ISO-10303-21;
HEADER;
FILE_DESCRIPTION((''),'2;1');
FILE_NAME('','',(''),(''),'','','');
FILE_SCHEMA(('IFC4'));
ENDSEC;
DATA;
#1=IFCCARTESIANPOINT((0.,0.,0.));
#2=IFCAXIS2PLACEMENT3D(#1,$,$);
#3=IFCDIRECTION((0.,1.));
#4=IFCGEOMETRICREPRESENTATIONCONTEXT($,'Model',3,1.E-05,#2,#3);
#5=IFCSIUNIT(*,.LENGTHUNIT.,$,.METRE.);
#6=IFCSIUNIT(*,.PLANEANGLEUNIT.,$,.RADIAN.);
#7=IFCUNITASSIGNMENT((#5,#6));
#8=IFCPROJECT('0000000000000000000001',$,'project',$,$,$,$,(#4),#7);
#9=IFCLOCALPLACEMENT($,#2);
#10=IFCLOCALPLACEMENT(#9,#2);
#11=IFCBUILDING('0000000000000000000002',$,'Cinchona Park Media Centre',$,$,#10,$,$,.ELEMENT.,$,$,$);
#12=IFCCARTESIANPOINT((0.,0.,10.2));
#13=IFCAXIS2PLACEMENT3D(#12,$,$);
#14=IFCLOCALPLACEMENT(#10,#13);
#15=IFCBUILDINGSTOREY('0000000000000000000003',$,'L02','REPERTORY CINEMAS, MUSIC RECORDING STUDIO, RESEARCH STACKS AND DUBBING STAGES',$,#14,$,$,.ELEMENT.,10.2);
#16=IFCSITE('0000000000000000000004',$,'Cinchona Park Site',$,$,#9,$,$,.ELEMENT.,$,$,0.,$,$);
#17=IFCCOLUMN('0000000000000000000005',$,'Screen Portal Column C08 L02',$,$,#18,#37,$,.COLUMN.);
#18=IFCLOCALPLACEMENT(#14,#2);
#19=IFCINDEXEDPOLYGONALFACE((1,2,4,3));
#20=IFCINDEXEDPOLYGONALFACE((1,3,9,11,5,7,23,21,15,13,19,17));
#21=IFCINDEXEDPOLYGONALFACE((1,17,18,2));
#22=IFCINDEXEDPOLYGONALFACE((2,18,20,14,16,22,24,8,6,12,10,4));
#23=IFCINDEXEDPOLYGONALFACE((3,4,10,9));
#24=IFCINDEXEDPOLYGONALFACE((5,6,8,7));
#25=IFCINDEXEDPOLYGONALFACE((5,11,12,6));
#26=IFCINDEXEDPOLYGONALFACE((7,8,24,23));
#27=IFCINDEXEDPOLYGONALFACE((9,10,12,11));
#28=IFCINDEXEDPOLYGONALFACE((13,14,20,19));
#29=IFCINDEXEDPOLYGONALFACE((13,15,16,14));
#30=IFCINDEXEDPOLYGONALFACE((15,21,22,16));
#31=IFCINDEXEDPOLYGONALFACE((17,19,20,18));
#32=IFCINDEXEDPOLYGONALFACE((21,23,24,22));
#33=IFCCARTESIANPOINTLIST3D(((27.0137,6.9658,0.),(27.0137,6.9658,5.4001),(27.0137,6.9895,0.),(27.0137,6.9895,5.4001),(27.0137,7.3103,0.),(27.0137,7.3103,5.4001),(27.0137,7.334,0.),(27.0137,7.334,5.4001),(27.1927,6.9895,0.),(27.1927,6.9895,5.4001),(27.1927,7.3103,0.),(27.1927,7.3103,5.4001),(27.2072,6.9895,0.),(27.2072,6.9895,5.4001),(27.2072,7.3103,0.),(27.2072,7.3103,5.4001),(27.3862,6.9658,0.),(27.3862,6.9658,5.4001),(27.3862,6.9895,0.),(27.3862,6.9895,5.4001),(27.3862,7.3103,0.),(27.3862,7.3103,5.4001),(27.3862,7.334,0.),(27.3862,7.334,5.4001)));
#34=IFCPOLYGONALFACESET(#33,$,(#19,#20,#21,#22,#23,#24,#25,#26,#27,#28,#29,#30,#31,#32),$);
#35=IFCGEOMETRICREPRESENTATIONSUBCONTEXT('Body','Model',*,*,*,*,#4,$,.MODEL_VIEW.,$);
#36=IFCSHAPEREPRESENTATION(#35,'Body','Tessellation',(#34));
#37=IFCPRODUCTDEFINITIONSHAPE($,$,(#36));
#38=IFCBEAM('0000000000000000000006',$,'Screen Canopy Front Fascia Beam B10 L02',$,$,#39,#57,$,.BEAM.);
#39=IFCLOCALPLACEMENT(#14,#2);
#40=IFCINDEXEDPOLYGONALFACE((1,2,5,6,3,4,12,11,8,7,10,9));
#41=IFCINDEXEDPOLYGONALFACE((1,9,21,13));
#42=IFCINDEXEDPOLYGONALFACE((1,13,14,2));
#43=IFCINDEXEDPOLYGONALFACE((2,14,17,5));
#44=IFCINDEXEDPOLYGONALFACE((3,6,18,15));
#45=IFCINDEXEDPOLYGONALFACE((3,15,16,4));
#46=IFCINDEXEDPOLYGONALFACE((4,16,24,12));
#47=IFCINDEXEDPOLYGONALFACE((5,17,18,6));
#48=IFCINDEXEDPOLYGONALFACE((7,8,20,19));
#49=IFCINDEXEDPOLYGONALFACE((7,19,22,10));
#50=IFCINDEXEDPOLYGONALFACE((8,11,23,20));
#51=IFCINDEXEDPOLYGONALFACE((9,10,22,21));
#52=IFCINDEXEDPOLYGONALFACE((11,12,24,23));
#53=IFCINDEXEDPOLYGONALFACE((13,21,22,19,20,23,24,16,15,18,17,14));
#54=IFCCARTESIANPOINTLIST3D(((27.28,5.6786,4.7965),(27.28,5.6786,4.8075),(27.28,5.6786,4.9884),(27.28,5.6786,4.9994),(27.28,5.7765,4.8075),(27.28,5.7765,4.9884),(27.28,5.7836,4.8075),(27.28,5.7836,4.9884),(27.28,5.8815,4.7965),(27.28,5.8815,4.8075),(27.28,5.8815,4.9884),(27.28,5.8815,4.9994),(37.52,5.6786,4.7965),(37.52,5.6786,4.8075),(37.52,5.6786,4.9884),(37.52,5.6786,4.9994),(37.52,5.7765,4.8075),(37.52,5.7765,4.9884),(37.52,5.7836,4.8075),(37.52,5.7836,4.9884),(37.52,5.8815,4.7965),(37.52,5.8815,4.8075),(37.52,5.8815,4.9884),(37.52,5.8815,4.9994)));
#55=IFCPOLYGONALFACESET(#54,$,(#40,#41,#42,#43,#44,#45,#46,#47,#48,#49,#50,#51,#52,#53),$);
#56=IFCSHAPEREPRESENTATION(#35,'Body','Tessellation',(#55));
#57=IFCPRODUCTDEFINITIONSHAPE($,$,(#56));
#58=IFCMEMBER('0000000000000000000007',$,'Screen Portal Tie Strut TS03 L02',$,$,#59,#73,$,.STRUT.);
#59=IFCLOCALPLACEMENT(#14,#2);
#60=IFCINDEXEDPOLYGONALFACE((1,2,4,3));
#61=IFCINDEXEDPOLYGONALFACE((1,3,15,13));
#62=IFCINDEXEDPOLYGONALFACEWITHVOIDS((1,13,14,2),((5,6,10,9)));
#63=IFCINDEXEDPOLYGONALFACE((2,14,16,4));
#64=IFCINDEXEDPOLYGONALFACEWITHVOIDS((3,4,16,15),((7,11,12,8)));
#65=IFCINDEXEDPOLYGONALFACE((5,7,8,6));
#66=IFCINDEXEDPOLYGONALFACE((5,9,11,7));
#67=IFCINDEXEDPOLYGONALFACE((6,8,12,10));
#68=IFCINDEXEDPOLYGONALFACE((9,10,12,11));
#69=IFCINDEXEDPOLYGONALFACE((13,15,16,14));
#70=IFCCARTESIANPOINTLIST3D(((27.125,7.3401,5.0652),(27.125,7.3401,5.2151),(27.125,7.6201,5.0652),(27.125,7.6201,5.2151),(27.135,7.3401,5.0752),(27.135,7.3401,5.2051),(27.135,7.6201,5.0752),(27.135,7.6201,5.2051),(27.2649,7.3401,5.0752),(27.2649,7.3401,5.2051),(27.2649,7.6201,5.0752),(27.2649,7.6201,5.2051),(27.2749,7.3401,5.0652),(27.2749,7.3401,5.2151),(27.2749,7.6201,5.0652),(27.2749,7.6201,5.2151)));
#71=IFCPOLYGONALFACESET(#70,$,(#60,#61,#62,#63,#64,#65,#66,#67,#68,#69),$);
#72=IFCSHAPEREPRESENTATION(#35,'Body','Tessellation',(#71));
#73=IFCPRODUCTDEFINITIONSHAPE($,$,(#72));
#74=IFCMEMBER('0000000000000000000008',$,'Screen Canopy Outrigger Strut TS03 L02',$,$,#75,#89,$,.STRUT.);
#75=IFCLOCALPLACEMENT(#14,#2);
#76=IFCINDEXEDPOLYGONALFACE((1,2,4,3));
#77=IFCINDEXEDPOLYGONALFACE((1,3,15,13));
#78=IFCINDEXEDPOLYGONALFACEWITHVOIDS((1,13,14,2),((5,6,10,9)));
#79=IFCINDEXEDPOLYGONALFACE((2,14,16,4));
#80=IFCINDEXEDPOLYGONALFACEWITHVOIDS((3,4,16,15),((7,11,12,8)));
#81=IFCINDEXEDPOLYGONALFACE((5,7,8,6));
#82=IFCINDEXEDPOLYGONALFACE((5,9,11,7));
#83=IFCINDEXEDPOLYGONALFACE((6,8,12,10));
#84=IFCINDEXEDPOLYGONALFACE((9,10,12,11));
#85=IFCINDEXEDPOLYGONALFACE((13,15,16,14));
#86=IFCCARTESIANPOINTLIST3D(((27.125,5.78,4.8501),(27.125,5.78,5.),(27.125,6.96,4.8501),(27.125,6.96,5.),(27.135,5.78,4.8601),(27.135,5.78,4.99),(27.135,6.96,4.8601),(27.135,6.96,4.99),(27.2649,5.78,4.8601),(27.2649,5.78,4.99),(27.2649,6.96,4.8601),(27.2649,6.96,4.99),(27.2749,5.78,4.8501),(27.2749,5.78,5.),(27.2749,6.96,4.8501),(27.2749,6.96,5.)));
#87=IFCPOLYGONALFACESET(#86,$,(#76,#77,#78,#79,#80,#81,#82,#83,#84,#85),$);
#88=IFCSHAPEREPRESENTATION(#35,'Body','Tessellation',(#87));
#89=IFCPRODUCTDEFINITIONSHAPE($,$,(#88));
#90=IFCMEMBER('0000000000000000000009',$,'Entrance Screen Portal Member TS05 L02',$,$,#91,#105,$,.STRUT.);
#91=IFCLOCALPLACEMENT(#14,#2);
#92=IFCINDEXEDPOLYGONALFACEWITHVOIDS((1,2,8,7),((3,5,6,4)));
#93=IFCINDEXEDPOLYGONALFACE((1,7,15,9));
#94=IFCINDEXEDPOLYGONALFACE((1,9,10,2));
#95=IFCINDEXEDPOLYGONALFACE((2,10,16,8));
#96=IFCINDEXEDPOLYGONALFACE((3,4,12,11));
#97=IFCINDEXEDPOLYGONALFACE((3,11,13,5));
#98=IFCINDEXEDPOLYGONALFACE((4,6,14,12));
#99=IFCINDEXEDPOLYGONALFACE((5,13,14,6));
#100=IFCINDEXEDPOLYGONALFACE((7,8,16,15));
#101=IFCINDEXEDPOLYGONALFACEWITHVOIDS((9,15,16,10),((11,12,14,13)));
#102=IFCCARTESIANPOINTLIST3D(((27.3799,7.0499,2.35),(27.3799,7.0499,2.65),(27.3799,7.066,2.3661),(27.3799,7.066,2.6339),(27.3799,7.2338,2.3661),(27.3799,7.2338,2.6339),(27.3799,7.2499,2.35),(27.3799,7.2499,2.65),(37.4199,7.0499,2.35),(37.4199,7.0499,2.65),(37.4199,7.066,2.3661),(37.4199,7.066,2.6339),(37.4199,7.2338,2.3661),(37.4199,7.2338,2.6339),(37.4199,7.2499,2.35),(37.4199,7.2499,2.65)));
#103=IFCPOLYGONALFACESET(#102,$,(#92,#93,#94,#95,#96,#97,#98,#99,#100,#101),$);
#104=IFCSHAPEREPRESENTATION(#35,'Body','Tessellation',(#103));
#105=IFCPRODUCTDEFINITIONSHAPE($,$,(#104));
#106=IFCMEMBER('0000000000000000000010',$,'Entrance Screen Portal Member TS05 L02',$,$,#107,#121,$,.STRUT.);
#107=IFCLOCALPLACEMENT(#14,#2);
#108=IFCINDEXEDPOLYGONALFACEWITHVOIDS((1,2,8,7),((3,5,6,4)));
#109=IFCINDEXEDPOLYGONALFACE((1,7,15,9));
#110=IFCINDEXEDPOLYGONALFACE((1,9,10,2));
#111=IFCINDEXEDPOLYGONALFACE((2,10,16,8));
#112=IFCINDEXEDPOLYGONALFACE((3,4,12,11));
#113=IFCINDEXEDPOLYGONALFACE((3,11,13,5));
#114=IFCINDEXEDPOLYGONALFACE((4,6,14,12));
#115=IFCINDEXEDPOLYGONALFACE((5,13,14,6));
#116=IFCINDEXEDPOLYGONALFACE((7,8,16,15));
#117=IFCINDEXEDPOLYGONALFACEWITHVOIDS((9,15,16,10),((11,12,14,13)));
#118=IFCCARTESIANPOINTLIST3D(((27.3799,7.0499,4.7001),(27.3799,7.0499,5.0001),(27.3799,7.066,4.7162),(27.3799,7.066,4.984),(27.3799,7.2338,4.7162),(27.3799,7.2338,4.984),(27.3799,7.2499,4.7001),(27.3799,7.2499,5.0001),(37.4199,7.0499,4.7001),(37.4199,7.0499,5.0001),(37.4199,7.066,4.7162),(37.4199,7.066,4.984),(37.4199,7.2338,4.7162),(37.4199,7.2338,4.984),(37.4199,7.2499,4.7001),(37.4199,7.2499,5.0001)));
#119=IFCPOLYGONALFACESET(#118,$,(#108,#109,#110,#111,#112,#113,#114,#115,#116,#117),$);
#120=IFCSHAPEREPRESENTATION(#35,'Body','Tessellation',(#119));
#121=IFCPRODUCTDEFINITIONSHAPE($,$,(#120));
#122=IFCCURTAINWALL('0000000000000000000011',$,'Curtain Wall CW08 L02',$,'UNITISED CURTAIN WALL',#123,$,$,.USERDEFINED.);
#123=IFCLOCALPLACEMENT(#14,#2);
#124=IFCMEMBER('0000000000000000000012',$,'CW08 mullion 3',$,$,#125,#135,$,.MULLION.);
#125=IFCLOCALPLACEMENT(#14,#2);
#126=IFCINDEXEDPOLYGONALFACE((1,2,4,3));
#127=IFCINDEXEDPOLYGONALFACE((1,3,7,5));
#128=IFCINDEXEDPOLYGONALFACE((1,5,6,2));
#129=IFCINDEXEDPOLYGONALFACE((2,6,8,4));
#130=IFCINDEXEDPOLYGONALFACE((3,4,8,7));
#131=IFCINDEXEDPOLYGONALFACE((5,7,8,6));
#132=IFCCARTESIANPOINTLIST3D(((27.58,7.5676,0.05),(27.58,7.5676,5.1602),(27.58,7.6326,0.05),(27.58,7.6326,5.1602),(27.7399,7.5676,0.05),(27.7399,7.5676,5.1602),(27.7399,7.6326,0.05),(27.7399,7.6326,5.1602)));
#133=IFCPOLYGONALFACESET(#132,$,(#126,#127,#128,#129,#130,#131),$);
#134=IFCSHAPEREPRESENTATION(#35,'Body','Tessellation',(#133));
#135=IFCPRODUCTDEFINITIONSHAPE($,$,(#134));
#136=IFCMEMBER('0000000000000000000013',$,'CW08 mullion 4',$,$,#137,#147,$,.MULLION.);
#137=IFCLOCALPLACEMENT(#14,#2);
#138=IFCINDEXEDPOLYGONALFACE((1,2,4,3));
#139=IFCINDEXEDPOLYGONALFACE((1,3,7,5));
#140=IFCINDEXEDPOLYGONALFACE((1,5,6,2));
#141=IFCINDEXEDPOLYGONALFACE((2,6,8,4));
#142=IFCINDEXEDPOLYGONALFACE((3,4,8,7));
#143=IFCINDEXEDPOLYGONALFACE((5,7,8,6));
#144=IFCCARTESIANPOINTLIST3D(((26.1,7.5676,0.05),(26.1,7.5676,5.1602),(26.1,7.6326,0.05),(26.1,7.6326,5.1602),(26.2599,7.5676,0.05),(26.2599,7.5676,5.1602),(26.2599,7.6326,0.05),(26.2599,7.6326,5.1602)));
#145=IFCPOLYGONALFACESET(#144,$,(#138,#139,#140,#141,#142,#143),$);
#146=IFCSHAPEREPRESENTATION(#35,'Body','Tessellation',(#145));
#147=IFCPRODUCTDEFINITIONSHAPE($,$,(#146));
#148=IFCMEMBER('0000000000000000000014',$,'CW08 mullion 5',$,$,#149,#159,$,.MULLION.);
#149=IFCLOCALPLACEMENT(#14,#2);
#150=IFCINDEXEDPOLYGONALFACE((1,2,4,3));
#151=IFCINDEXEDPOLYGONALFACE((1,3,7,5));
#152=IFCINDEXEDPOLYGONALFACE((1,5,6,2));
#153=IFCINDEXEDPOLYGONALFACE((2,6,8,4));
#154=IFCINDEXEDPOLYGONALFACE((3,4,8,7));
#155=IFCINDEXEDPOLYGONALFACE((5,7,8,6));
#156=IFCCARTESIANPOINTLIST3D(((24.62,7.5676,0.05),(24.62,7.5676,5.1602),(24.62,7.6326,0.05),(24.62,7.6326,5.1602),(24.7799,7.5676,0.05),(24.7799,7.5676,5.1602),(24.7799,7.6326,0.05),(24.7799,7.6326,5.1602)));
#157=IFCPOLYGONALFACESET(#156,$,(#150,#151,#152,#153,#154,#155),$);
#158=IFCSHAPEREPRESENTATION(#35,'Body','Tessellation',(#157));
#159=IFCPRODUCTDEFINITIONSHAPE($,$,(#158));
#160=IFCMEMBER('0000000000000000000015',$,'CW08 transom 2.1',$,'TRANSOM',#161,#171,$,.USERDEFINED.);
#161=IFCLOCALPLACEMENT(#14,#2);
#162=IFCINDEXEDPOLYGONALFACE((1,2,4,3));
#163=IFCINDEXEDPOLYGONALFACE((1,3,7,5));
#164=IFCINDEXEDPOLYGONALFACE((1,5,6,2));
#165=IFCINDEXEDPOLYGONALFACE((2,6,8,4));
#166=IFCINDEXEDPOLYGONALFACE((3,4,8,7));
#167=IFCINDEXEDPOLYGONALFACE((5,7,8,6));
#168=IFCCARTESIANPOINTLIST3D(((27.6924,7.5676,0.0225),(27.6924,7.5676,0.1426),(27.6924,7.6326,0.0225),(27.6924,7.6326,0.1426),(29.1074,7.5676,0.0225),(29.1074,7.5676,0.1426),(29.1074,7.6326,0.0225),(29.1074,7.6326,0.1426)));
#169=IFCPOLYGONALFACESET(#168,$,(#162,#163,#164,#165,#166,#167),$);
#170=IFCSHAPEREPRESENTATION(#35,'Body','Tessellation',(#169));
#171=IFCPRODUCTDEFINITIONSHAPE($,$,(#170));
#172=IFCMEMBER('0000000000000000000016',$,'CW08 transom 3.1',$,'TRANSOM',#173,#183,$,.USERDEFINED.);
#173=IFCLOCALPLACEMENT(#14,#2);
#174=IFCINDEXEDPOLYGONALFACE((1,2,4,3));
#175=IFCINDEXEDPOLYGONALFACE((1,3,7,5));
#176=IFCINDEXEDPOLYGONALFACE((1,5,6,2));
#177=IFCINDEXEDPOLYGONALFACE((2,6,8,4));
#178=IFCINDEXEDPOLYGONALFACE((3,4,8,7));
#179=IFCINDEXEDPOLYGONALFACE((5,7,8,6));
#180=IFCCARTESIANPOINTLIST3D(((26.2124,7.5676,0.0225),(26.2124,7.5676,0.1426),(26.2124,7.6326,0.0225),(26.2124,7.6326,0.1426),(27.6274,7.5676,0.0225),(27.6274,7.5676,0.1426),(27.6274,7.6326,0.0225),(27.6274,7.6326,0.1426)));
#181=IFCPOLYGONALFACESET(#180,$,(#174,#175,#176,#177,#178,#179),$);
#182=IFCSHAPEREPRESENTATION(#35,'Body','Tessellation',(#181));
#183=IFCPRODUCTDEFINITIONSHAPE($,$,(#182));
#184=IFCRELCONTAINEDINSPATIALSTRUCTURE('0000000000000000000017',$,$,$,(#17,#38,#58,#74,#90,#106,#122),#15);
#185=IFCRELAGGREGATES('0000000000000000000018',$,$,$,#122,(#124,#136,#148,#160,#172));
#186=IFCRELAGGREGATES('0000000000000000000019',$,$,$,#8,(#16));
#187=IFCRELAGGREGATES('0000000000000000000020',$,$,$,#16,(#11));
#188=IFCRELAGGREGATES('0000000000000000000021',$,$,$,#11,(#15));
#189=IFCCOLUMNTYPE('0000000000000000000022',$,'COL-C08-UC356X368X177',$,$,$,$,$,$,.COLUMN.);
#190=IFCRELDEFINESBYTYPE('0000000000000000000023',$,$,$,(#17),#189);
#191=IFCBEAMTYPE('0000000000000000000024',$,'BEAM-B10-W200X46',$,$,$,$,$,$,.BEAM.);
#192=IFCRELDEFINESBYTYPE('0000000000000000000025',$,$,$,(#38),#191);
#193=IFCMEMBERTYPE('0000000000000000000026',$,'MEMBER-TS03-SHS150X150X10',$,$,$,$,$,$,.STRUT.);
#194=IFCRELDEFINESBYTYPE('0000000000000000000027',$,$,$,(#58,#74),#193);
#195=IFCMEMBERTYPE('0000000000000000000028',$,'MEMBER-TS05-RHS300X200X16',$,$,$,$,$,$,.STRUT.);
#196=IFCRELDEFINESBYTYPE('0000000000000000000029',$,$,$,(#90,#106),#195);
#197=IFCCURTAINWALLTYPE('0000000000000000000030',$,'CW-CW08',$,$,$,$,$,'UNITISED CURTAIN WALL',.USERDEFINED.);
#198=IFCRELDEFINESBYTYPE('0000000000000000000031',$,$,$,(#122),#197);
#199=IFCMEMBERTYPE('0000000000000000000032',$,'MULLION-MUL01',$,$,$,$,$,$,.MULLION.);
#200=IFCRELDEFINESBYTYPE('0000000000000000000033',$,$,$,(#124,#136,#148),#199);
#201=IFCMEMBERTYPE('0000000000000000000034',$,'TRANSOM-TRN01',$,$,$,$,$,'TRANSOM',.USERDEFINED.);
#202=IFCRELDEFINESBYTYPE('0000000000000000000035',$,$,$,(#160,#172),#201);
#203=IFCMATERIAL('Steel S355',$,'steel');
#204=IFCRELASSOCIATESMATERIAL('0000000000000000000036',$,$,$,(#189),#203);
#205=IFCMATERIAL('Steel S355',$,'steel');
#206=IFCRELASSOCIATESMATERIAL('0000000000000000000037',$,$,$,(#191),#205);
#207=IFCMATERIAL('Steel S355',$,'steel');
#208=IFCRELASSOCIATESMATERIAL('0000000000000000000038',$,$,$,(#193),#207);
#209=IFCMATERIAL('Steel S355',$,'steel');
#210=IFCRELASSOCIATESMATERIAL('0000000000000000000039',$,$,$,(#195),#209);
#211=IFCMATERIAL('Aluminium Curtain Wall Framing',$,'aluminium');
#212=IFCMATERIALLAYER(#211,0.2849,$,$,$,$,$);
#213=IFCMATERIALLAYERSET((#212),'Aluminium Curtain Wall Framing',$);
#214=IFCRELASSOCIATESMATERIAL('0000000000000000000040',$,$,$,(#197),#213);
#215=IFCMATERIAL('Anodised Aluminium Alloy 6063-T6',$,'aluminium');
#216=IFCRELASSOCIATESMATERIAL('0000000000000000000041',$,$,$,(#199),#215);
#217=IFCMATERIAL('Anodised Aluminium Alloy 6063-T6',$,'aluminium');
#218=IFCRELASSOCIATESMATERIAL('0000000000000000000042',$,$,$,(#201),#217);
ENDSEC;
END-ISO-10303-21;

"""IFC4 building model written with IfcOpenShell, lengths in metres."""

from ifc_helpers import new_model, si_unit, direction, frame, origin, origin_2d, place, context, subcontext, project, spatial, rectangle, hollow_rectangle, i_section, extrude, material, layer, layer_set, material_profile, profile_set, type_object, element, aggregate, save


model = new_model("IFC4")

# Units and contexts
model_context = context("Model", 3, precision=1e-05, world=origin(), true_north=direction((0.0, 1.0)))
body_context = subcontext(model_context, "Body", "Model", "MODEL_VIEW")
ifc_project = project(units=[si_unit("LENGTHUNIT", "METRE"), si_unit("PLANEANGLEUNIT", "RADIAN")], contexts=[model_context])

# Site, building, storey
site_placement = place(None, origin())
site = spatial("IfcSite", under=ifc_project, at=site_placement, Name="Cinchona Park Site", CompositionType="ELEMENT", RefElevation=0.0)
building_placement = place(site_placement, origin())
building = spatial("IfcBuilding", under=site, at=building_placement, Name="Cinchona Park Media Centre", CompositionType="ELEMENT")
storey_placement = place(building_placement, frame((0.0, 0.0, 10.2)))
storey = spatial("IfcBuildingStorey", under=building, at=storey_placement, Name="L02", Description="REPERTORY CINEMAS, MUSIC RECORDING STUDIO, RESEARCH STACKS AND DUBBING STAGES", CompositionType="ELEMENT", Elevation=10.2)

# Column
ifc_material_1 = material(Name="Steel S355", Category="steel")
ifc_material_profile_1 = material_profile(ifc_material_1, i_section(OverallWidth=0.3726, OverallDepth=0.3682, WebThickness=0.0144, FlangeThickness=0.0237, at=origin_2d()), Name="UC356X368X177")
ifc_profile_set_1 = profile_set([ifc_material_profile_1], Name="Steel S355")
column_type = type_object("IfcColumnType", Name="COL-C08-UC356X368X177", PredefinedType="COLUMN", material=ifc_profile_set_1)
column_placement = place(storey_placement, frame((27.2, 7.1499, 0.0), z_axis=(0.0, 0.0, 1.0), x_axis=(1.0, 0.0, 0.0)))
element("IfcColumn", 1, at=column_placement, inside=storey, type_object=column_type, Name="Screen Portal Column C08 L02", PredefinedType="COLUMN", context=body_context, shape_type="SweptSolid", body=[
    extrude(i_section(OverallWidth=0.3726, OverallDepth=0.3682, WebThickness=0.0144, FlangeThickness=0.0237, at=origin_2d()), origin(), (0.0, 0.0, 1.0), 5.4001),
])

# Beam
ifc_material_2 = material(Name="Steel S355", Category="steel")
ifc_material_profile_2 = material_profile(ifc_material_2, i_section(OverallWidth=0.2029, OverallDepth=0.2029, WebThickness=0.0071, FlangeThickness=0.011, at=origin_2d()), Name="W200X46")
ifc_profile_set_2 = profile_set([ifc_material_profile_2], Name="Steel S355")
beam_type = type_object("IfcBeamType", Name="BEAM-B10-W200X46", PredefinedType="BEAM", material=ifc_profile_set_2)
beam_placement = place(storey_placement, frame((27.28, 5.78, 4.8979), z_axis=(1.0, 0.0, 0.0), x_axis=(0.0, 1.0, 0.0)))
element("IfcBeam", 2, at=beam_placement, inside=storey, type_object=beam_type, Name="Screen Canopy Front Fascia Beam B10 L02", PredefinedType="BEAM", context=body_context, shape_type="SweptSolid", body=[
    extrude(i_section(OverallWidth=0.2029, OverallDepth=0.2029, WebThickness=0.0071, FlangeThickness=0.011, at=origin_2d()), origin(), (0.0, 0.0, 1.0), 10.24),
])

# Members
ifc_material_3 = material(Name="Steel S355", Category="steel")
ifc_material_profile_3 = material_profile(ifc_material_3, hollow_rectangle(XDim=0.1499, YDim=0.1499, WallThickness=0.01, at=origin_2d()), Name="150X150X10SHS")
ifc_profile_set_3 = profile_set([ifc_material_profile_3], Name="Steel S355")
member_type_1 = type_object("IfcMemberType", Name="MEMBER-TS03-SHS150X150X10", PredefinedType="STRUT", material=ifc_profile_set_3)
member_1_placement = place(storey_placement, frame((27.2, 7.3401, 5.1401), z_axis=(0.0, 1.0, 0.0), x_axis=(-1.0, 0.0, 0.0)))
element("IfcMember", 3, at=member_1_placement, inside=storey, type_object=member_type_1, Name="Screen Portal Tie Strut TS03 L02", PredefinedType="STRUT", context=body_context, shape_type="SweptSolid", body=[
    extrude(hollow_rectangle(XDim=0.1499, YDim=0.1499, WallThickness=0.01, at=origin_2d()), origin(), (0.0, 0.0, 1.0), 0.28),
])
member_2_placement = place(storey_placement, frame((27.2, 5.78, 4.925), z_axis=(0.0, 1.0, 0.0), x_axis=(-1.0, 0.0, 0.0)))
element("IfcMember", 4, at=member_2_placement, inside=storey, type_object=member_type_1, Name="Screen Canopy Outrigger Strut TS03 L02", PredefinedType="STRUT", context=body_context, shape_type="SweptSolid", body=[
    extrude(hollow_rectangle(XDim=0.1499, YDim=0.1499, WallThickness=0.01, at=origin_2d()), origin(), (0.0, 0.0, 1.0), 1.1799),
])
ifc_material_4 = material(Name="Steel S355", Category="steel")
ifc_material_profile_4 = material_profile(ifc_material_4, hollow_rectangle(XDim=0.2, YDim=0.3, WallThickness=0.0161, at=origin_2d()), Name="300X200X16RHS")
ifc_profile_set_4 = profile_set([ifc_material_profile_4], Name="Steel S355")
member_type_2 = type_object("IfcMemberType", Name="MEMBER-TS05-RHS300X200X16", PredefinedType="STRUT", material=ifc_profile_set_4)
for number, where, z_axis, x_axis, name in (
    (5, (27.3799, 7.1499, 2.5), (1.0, 0.0, 0.0), (0.0, 1.0, 0.0), "Entrance Screen Portal Member TS05 L02"),
    (6, (27.3799, 7.1499, 4.8501), (1.0, 0.0, 0.0), (0.0, 1.0, 0.0), "Entrance Screen Portal Member TS05 L02"),
):
    element("IfcMember", number, at=place(storey_placement, frame(where, z_axis=z_axis, x_axis=x_axis)), inside=storey, type_object=member_type_2, Name=name, PredefinedType="STRUT", context=body_context, shape_type="SweptSolid", body=[
        extrude(hollow_rectangle(XDim=0.2, YDim=0.3, WallThickness=0.0161, at=origin_2d()), origin(), (0.0, 0.0, 1.0), 10.04),
    ])

# Curtain wall, members
ifc_material_5 = material(Name="Aluminium Curtain Wall Framing", Category="aluminium")
ifc_layer_1 = layer(ifc_material_5, 0.2849)
ifc_layer_set_1 = layer_set([ifc_layer_1], Name="Aluminium Curtain Wall Framing")
curtain_wall_type = type_object("IfcCurtainWallType", Name="CW-CW08", ElementType="UNITISED CURTAIN WALL", PredefinedType="USERDEFINED", material=ifc_layer_set_1)
curtain_wall_placement = place(storey_placement, origin())
curtain_wall = element("IfcCurtainWall", 7, at=curtain_wall_placement, inside=storey, type_object=curtain_wall_type, Name="Curtain Wall CW08 L02", ObjectType="UNITISED CURTAIN WALL", PredefinedType="USERDEFINED")
ifc_material_6 = material(Name="Anodised Aluminium Alloy 6063-T6", Category="aluminium")
ifc_material_profile_5 = material_profile(ifc_material_6, rectangle(XDim=0.0649, YDim=0.1599, at=origin_2d()), Name="MUL-65X160")
ifc_profile_set_5 = profile_set([ifc_material_profile_5], Name="Anodised Aluminium Alloy 6063-T6")
member_type_3 = type_object("IfcMemberType", Name="MULLION-MUL01", PredefinedType="MULLION", material=ifc_profile_set_5)
member_3_placement = place(storey_placement, frame((27.6599, 7.6001, 0.05), z_axis=(0.0, 0.0, 1.0), x_axis=(0.0, -1.0, 0.0)))
member_3 = element("IfcMember", 8, at=member_3_placement, type_object=member_type_3, Name="CW08 mullion 3", PredefinedType="MULLION", context=body_context, shape_type="SweptSolid", body=[
    extrude(rectangle(XDim=0.0649, YDim=0.1599, at=origin_2d()), origin(), (0.0, 0.0, 1.0), 5.1101),
])
member_4_placement = place(storey_placement, frame((26.1799, 7.6001, 0.05), z_axis=(0.0, 0.0, 1.0), x_axis=(0.0, -1.0, 0.0)))
member_4 = element("IfcMember", 9, at=member_4_placement, type_object=member_type_3, Name="CW08 mullion 4", PredefinedType="MULLION", context=body_context, shape_type="SweptSolid", body=[
    extrude(rectangle(XDim=0.0649, YDim=0.1599, at=origin_2d()), origin(), (0.0, 0.0, 1.0), 5.1101),
])
member_5_placement = place(storey_placement, frame((24.7, 7.6001, 0.05), z_axis=(0.0, 0.0, 1.0), x_axis=(0.0, -1.0, 0.0)))
member_5 = element("IfcMember", 10, at=member_5_placement, type_object=member_type_3, Name="CW08 mullion 5", PredefinedType="MULLION", context=body_context, shape_type="SweptSolid", body=[
    extrude(rectangle(XDim=0.0649, YDim=0.1599, at=origin_2d()), origin(), (0.0, 0.0, 1.0), 5.1101),
])
ifc_material_7 = material(Name="Anodised Aluminium Alloy 6063-T6", Category="aluminium")
ifc_material_profile_6 = material_profile(ifc_material_7, rectangle(XDim=0.0649, YDim=0.1201, at=origin_2d()), Name="TRN-65X120")
ifc_profile_set_6 = profile_set([ifc_material_profile_6], Name="Anodised Aluminium Alloy 6063-T6")
member_type_4 = type_object("IfcMemberType", Name="TRANSOM-TRN01", ElementType="TRANSOM", PredefinedType="USERDEFINED", material=ifc_profile_set_6)
member_6_placement = place(storey_placement, frame((29.1074, 7.6001, 0.0825), z_axis=(-1.0, 0.0, 0.0), x_axis=(0.0, -1.0, 0.0)))
member_6 = element("IfcMember", 11, at=member_6_placement, type_object=member_type_4, Name="CW08 transom 2.1", ObjectType="TRANSOM", PredefinedType="USERDEFINED", context=body_context, shape_type="SweptSolid", body=[
    extrude(rectangle(XDim=0.0649, YDim=0.1201, at=origin_2d()), origin(), (0.0, 0.0, 1.0), 1.415),
])
member_7_placement = place(storey_placement, frame((27.6274, 7.6001, 0.0825), z_axis=(-1.0, 0.0, 0.0), x_axis=(0.0, -1.0, 0.0)))
member_7 = element("IfcMember", 12, at=member_7_placement, type_object=member_type_4, Name="CW08 transom 3.1", ObjectType="TRANSOM", PredefinedType="USERDEFINED", context=body_context, shape_type="SweptSolid", body=[
    extrude(rectangle(XDim=0.0649, YDim=0.1201, at=origin_2d()), origin(), (0.0, 0.0, 1.0), 1.415),
])
aggregate(curtain_wall, [member_3, member_4, member_5, member_6, member_7])

save(model, "model.ifc")
